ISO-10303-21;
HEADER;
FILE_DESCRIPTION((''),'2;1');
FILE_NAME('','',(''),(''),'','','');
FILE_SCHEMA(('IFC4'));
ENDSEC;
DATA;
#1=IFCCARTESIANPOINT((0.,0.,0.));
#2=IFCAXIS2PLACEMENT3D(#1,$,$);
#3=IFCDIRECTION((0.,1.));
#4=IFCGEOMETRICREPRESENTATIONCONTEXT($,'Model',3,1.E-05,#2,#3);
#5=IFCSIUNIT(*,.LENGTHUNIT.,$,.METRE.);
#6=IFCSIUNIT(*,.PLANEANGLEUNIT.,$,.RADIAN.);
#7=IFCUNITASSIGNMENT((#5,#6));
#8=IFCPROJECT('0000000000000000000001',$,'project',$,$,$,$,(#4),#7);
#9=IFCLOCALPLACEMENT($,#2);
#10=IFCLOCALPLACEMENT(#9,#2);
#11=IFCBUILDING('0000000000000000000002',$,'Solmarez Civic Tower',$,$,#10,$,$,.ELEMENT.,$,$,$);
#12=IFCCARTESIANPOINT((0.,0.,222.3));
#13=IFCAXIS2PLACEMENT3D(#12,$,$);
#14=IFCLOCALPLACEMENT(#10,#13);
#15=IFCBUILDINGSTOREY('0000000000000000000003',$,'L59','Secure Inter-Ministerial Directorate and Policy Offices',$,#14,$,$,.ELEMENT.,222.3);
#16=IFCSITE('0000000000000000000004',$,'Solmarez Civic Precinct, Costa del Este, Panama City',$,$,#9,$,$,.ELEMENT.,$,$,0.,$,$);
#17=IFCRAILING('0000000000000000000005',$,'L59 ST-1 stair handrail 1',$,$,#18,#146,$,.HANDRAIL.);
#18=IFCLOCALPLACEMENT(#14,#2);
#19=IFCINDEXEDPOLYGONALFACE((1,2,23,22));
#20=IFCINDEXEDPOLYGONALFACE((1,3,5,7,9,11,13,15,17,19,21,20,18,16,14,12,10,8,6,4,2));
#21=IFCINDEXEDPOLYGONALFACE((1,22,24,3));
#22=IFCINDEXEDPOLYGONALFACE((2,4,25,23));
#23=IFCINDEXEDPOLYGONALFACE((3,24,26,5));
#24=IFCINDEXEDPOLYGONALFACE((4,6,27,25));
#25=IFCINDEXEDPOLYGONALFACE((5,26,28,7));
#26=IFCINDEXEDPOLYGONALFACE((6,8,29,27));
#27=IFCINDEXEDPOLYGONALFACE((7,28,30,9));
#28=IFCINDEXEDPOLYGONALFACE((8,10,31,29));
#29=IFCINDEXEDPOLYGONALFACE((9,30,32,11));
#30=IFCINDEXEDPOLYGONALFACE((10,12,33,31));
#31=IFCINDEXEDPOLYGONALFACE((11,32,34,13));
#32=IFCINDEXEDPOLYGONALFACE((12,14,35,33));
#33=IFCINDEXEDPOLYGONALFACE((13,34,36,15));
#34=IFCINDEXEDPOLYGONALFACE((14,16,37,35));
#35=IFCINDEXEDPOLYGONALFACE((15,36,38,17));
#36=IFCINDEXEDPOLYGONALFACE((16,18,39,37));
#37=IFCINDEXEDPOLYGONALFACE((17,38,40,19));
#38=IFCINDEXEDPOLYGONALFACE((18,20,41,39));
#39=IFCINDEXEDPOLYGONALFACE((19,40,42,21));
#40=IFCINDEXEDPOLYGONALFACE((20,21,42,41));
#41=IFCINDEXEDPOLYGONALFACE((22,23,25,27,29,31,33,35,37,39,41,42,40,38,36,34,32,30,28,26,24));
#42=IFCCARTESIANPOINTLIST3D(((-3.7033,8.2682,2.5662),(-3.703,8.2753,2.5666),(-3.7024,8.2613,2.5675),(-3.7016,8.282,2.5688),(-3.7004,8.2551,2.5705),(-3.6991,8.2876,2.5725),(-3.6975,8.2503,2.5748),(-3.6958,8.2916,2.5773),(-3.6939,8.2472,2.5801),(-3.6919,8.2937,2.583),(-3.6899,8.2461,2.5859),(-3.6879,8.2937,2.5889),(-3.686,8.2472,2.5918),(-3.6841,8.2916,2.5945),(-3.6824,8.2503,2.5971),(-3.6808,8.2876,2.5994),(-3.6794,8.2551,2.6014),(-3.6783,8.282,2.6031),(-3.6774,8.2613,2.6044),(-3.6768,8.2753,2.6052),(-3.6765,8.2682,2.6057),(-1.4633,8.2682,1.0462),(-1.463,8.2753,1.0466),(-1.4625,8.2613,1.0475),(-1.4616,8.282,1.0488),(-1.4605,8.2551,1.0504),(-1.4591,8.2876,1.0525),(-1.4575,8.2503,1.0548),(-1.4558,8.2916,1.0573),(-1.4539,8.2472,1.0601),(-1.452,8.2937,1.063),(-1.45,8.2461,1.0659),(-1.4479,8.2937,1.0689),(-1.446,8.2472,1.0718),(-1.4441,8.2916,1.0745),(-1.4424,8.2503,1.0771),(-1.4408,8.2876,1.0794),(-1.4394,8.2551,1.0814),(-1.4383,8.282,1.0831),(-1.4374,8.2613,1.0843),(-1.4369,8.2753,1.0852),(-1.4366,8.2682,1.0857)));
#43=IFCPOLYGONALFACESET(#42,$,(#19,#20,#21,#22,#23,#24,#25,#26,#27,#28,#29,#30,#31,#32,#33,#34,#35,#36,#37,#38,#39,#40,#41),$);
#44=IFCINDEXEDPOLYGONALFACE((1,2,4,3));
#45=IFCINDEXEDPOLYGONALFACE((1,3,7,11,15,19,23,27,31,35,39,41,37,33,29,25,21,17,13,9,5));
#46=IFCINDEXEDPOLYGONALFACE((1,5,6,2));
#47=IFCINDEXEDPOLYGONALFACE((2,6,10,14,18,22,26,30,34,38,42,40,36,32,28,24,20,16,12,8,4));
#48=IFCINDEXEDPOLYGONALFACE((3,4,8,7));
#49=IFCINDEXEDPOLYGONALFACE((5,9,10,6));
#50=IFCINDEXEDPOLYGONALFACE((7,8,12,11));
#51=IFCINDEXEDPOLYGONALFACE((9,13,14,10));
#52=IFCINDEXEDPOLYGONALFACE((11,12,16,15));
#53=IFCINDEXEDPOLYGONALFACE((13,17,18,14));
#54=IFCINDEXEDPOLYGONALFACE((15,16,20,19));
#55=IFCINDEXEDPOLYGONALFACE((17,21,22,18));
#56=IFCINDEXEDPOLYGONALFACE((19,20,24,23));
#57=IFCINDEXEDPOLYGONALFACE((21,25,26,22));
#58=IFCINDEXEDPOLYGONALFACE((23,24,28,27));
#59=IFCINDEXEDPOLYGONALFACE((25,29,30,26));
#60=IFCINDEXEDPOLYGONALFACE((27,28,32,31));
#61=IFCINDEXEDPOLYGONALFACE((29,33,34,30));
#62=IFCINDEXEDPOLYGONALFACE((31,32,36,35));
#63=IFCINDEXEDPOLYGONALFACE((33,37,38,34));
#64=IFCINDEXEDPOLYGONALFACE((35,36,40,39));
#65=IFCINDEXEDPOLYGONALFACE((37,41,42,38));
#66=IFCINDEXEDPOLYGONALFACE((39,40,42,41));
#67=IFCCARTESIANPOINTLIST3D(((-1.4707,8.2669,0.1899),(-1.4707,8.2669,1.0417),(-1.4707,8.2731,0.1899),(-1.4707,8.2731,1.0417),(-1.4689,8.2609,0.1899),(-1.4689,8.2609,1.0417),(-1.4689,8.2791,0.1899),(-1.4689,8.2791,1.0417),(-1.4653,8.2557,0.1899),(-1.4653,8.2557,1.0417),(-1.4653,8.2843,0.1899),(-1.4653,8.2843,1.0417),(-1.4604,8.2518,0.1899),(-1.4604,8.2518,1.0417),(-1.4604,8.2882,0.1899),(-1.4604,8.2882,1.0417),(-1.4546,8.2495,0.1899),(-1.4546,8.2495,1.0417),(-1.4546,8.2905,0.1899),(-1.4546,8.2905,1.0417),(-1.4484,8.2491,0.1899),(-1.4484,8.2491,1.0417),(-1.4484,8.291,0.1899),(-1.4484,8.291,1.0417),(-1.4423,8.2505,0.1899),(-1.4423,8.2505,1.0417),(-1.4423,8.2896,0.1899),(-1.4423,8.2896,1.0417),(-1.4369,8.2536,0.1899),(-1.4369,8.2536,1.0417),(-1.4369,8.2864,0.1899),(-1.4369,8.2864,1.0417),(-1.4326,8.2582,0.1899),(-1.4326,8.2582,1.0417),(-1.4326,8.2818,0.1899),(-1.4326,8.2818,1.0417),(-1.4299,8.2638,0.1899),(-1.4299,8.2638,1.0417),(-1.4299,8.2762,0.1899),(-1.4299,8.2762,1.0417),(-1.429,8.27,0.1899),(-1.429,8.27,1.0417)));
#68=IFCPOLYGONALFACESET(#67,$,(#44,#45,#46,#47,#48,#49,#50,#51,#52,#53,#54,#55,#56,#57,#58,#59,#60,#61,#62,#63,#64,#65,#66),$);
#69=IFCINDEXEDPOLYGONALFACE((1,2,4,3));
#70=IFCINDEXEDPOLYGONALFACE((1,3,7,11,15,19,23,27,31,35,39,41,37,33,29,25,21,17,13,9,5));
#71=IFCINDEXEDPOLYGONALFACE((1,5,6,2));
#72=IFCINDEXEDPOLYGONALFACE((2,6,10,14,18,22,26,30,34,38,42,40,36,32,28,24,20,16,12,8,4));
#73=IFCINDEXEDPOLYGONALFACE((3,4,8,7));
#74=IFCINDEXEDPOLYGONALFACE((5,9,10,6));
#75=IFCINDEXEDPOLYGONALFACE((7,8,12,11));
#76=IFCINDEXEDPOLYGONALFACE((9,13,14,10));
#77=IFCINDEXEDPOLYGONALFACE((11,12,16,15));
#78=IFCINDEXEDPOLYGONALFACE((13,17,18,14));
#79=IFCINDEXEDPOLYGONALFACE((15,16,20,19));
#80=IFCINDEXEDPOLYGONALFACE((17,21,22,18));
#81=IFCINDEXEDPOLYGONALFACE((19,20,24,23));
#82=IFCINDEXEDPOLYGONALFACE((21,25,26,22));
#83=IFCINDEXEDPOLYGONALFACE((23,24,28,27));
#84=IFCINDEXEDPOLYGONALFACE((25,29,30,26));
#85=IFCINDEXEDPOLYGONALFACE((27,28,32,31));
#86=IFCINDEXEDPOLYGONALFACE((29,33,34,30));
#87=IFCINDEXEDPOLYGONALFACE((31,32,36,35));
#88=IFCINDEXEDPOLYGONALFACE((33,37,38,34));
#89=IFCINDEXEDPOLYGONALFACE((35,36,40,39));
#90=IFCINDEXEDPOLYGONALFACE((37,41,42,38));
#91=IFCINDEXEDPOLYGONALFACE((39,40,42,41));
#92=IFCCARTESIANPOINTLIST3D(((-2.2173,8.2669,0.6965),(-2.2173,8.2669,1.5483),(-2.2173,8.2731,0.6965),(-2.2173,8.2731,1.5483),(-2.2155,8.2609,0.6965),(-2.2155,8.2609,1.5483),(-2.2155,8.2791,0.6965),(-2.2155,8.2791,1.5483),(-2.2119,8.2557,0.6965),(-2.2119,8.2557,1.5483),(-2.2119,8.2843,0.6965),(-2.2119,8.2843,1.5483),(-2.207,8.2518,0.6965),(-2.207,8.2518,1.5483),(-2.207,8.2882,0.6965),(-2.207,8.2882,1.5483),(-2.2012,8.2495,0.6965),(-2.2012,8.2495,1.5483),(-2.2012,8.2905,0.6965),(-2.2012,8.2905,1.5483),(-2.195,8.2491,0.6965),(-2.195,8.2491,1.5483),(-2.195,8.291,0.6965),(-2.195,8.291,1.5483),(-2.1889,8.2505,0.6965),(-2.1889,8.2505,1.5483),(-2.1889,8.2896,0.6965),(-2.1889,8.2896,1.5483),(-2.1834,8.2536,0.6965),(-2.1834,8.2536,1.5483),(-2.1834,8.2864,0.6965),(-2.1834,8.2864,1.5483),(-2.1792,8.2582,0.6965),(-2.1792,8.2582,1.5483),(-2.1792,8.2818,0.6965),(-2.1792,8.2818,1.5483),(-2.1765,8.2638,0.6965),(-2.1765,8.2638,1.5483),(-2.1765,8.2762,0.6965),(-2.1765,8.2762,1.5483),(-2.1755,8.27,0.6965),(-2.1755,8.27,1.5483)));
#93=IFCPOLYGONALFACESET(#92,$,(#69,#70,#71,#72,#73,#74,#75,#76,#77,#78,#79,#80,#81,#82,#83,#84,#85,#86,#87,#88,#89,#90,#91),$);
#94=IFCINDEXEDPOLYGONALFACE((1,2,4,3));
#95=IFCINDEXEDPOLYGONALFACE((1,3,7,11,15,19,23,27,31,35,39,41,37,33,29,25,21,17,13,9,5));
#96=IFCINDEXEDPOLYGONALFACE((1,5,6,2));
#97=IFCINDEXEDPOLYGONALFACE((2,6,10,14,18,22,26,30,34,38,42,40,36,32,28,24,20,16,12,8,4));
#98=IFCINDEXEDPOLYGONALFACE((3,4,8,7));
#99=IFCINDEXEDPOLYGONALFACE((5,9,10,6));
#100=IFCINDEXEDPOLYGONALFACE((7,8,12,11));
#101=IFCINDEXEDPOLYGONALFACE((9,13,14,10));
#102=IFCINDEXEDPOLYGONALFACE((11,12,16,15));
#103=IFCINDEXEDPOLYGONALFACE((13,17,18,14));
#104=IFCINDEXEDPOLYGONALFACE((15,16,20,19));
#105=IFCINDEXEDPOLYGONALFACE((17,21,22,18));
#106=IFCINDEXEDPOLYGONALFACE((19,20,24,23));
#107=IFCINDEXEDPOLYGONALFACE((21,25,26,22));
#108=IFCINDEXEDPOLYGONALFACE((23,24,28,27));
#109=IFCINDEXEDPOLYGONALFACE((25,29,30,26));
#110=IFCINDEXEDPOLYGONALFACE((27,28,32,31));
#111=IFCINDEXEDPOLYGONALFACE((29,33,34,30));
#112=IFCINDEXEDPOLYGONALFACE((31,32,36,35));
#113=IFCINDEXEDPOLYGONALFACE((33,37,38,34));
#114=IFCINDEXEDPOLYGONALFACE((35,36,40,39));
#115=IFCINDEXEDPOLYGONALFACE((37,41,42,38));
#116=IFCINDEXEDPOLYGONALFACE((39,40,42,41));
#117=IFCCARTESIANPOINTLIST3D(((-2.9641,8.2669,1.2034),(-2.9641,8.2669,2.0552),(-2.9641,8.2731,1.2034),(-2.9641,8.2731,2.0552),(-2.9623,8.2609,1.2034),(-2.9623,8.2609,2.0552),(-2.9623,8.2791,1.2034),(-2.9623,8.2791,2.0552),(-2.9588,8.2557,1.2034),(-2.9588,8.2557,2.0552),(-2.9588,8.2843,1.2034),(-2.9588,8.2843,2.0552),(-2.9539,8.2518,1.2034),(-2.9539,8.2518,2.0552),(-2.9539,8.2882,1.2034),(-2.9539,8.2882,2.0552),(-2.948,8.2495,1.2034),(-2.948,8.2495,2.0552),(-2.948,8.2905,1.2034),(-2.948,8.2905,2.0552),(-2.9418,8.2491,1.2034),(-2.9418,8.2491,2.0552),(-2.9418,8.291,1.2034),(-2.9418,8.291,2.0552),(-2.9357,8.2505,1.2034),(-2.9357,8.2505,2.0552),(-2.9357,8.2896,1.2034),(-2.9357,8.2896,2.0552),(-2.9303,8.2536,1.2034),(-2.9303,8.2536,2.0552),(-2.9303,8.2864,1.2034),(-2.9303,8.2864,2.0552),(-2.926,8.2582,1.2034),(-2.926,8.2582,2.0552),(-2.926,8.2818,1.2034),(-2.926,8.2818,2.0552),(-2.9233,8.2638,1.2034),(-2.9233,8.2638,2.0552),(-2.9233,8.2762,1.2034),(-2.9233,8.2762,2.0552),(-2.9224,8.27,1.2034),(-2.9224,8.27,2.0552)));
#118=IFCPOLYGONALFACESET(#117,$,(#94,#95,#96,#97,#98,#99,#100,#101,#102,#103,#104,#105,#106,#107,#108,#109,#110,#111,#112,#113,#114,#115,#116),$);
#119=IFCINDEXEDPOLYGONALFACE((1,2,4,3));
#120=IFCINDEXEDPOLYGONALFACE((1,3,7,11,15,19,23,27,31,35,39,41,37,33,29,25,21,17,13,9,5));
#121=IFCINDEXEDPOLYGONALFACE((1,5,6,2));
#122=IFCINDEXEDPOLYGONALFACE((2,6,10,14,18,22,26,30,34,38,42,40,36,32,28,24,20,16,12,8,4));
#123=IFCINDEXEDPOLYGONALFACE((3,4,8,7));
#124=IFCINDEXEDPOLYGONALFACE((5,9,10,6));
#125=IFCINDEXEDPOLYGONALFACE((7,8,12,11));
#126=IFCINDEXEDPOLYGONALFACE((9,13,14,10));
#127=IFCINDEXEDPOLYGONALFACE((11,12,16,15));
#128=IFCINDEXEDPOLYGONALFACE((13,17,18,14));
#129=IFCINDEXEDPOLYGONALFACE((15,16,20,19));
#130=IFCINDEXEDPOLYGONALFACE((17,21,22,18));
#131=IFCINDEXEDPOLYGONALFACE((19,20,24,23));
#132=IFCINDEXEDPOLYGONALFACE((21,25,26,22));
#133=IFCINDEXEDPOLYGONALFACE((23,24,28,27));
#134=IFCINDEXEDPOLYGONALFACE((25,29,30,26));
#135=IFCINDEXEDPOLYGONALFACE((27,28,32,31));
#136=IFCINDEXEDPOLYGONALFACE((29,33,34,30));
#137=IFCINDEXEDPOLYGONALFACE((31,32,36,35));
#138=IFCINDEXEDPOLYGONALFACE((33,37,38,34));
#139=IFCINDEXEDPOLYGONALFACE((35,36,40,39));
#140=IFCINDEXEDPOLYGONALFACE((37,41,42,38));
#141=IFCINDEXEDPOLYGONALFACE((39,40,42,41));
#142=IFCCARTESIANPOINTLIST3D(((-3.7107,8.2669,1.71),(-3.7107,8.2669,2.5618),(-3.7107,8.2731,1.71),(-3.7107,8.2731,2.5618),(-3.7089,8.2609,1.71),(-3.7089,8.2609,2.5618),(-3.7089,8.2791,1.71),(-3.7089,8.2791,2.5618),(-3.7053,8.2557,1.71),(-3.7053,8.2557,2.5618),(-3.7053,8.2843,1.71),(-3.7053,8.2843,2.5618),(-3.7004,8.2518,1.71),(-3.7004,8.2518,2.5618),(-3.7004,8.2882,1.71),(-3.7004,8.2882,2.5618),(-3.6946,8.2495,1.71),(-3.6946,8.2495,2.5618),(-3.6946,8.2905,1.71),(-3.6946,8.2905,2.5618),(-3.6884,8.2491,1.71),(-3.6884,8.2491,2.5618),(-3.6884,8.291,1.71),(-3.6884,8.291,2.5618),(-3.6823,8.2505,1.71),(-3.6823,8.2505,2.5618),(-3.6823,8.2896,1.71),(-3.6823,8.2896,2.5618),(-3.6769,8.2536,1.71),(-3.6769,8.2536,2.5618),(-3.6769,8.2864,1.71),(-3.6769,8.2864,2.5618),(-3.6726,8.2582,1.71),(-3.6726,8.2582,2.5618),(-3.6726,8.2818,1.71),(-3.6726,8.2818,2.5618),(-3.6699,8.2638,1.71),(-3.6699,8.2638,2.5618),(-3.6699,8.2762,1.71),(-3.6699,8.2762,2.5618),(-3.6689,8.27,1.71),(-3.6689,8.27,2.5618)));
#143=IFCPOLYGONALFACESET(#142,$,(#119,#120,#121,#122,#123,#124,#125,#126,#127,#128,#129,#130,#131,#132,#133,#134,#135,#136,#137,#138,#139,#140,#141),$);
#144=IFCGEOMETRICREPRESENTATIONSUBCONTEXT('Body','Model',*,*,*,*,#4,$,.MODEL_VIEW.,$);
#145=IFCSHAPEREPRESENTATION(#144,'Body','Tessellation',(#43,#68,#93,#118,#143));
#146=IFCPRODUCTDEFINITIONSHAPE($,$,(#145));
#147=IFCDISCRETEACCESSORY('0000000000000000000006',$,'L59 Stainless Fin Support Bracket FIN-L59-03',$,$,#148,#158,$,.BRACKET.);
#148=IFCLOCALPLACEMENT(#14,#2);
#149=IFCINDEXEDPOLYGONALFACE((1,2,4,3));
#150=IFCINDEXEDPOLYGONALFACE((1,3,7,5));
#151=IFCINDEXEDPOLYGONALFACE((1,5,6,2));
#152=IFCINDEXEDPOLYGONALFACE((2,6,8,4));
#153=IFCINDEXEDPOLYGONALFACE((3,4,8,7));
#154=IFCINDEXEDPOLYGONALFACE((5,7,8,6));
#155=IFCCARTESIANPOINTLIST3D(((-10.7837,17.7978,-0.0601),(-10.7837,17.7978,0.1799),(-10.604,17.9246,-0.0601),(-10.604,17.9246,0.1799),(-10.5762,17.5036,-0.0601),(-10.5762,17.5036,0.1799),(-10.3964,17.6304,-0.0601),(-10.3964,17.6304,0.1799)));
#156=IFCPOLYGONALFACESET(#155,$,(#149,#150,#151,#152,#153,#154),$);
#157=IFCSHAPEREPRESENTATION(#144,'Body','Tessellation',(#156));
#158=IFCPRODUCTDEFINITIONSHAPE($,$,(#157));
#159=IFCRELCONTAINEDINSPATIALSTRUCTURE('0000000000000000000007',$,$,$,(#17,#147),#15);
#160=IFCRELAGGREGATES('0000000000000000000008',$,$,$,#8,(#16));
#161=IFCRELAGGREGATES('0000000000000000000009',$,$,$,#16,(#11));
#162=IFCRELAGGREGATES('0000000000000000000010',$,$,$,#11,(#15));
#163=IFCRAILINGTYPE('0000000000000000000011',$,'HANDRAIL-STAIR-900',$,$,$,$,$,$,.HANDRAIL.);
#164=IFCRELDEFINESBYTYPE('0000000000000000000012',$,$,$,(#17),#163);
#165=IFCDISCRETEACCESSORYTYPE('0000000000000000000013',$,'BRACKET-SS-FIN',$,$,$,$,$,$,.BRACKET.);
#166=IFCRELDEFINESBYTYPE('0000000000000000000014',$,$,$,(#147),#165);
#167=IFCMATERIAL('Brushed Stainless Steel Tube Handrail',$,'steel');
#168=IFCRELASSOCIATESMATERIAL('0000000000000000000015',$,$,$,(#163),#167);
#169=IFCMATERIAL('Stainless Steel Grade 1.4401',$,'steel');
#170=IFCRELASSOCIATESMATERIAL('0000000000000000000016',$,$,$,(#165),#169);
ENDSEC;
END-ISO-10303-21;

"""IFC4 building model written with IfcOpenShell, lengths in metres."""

from ifc_helpers import new_model, si_unit, direction, frame, origin, origin_2d, place, context, subcontext, project, spatial, rectangle, circle, extrude, material, type_object, element, save


model = new_model("IFC4")

# Units and contexts
model_context = context("Model", 3, precision=1e-05, world=origin(), true_north=direction((0.0, 1.0)))
body_context = subcontext(model_context, "Body", "Model", "MODEL_VIEW")
ifc_project = project(units=[si_unit("LENGTHUNIT", "METRE"), si_unit("PLANEANGLEUNIT", "RADIAN")], contexts=[model_context])

# Site, building, storey
site_placement = place(None, origin())
site = spatial("IfcSite", under=ifc_project, at=site_placement, Name="Solmarez Civic Precinct, Costa del Este, Panama City", CompositionType="ELEMENT", RefElevation=0.0)
building_placement = place(site_placement, origin())
building = spatial("IfcBuilding", under=site, at=building_placement, Name="Solmarez Civic Tower", CompositionType="ELEMENT")
storey_placement = place(building_placement, frame((0.0, 0.0, 222.3)))
storey = spatial("IfcBuildingStorey", under=building, at=storey_placement, Name="L59", Description="Secure Inter-Ministerial Directorate and Policy Offices", CompositionType="ELEMENT", Elevation=222.3)

# Railing
ifc_material_1 = material(Name="Brushed Stainless Steel Tube Handrail", Category="steel")
railing_type = type_object("IfcRailingType", Name="HANDRAIL-STAIR-900", PredefinedType="HANDRAIL", material=ifc_material_1)
railing_placement = place(storey_placement, frame((-1.45, 8.27, 0.1899)))
element("IfcRailing", 1, at=railing_placement, inside=storey, type_object=railing_type, Name="L59 ST-1 stair handrail 1", PredefinedType="HANDRAIL", context=body_context, shape_type="SweptSolid", body=[
    extrude(circle(Radius=0.0239, at=origin_2d()), frame((0.0, 0.0, 0.876), z_axis=(-0.827471, 0.0, 0.561508), x_axis=(0.0, -1.0, 0.0)), (0.0, 0.0, 1.0), 2.707),
    extrude(circle(Radius=0.021, at=origin_2d()), origin(), (0.0, 0.0, 1.0), 0.8518),
    extrude(circle(Radius=0.021, at=origin_2d()), frame((-0.7466, 0.0, 0.5066)), (0.0, 0.0, 1.0), 0.8518),
    extrude(circle(Radius=0.021, at=origin_2d()), frame((-1.4934, 0.0, 1.0134)), (0.0, 0.0, 1.0), 0.8518),
    extrude(circle(Radius=0.021, at=origin_2d()), frame((-2.24, 0.0, 1.52)), (0.0, 0.0, 1.0), 0.8518),
])

# Discrete accessory
ifc_material_2 = material(Name="Stainless Steel Grade 1.4401", Category="steel")
discrete_accessory_type = type_object("IfcDiscreteAccessoryType", Name="BRACKET-SS-FIN", PredefinedType="BRACKET", material=ifc_material_2)
discrete_accessory_placement = place(storey_placement, frame((-10.5901, 17.7141, -0.0601), z_axis=(0.0, 0.0, 1.0), x_axis=(-0.576419, 0.817154, 0.0)))
element("IfcDiscreteAccessory", 2, at=discrete_accessory_placement, inside=storey, type_object=discrete_accessory_type, Name="L59 Stainless Fin Support Bracket FIN-L59-03", PredefinedType="BRACKET", context=body_context, shape_type="SweptSolid", body=[
    extrude(rectangle(XDim=0.3601, YDim=0.22, at=origin_2d()), origin(), (0.0, 0.0, 1.0), 0.24),
])

save(model, "model.ifc")
